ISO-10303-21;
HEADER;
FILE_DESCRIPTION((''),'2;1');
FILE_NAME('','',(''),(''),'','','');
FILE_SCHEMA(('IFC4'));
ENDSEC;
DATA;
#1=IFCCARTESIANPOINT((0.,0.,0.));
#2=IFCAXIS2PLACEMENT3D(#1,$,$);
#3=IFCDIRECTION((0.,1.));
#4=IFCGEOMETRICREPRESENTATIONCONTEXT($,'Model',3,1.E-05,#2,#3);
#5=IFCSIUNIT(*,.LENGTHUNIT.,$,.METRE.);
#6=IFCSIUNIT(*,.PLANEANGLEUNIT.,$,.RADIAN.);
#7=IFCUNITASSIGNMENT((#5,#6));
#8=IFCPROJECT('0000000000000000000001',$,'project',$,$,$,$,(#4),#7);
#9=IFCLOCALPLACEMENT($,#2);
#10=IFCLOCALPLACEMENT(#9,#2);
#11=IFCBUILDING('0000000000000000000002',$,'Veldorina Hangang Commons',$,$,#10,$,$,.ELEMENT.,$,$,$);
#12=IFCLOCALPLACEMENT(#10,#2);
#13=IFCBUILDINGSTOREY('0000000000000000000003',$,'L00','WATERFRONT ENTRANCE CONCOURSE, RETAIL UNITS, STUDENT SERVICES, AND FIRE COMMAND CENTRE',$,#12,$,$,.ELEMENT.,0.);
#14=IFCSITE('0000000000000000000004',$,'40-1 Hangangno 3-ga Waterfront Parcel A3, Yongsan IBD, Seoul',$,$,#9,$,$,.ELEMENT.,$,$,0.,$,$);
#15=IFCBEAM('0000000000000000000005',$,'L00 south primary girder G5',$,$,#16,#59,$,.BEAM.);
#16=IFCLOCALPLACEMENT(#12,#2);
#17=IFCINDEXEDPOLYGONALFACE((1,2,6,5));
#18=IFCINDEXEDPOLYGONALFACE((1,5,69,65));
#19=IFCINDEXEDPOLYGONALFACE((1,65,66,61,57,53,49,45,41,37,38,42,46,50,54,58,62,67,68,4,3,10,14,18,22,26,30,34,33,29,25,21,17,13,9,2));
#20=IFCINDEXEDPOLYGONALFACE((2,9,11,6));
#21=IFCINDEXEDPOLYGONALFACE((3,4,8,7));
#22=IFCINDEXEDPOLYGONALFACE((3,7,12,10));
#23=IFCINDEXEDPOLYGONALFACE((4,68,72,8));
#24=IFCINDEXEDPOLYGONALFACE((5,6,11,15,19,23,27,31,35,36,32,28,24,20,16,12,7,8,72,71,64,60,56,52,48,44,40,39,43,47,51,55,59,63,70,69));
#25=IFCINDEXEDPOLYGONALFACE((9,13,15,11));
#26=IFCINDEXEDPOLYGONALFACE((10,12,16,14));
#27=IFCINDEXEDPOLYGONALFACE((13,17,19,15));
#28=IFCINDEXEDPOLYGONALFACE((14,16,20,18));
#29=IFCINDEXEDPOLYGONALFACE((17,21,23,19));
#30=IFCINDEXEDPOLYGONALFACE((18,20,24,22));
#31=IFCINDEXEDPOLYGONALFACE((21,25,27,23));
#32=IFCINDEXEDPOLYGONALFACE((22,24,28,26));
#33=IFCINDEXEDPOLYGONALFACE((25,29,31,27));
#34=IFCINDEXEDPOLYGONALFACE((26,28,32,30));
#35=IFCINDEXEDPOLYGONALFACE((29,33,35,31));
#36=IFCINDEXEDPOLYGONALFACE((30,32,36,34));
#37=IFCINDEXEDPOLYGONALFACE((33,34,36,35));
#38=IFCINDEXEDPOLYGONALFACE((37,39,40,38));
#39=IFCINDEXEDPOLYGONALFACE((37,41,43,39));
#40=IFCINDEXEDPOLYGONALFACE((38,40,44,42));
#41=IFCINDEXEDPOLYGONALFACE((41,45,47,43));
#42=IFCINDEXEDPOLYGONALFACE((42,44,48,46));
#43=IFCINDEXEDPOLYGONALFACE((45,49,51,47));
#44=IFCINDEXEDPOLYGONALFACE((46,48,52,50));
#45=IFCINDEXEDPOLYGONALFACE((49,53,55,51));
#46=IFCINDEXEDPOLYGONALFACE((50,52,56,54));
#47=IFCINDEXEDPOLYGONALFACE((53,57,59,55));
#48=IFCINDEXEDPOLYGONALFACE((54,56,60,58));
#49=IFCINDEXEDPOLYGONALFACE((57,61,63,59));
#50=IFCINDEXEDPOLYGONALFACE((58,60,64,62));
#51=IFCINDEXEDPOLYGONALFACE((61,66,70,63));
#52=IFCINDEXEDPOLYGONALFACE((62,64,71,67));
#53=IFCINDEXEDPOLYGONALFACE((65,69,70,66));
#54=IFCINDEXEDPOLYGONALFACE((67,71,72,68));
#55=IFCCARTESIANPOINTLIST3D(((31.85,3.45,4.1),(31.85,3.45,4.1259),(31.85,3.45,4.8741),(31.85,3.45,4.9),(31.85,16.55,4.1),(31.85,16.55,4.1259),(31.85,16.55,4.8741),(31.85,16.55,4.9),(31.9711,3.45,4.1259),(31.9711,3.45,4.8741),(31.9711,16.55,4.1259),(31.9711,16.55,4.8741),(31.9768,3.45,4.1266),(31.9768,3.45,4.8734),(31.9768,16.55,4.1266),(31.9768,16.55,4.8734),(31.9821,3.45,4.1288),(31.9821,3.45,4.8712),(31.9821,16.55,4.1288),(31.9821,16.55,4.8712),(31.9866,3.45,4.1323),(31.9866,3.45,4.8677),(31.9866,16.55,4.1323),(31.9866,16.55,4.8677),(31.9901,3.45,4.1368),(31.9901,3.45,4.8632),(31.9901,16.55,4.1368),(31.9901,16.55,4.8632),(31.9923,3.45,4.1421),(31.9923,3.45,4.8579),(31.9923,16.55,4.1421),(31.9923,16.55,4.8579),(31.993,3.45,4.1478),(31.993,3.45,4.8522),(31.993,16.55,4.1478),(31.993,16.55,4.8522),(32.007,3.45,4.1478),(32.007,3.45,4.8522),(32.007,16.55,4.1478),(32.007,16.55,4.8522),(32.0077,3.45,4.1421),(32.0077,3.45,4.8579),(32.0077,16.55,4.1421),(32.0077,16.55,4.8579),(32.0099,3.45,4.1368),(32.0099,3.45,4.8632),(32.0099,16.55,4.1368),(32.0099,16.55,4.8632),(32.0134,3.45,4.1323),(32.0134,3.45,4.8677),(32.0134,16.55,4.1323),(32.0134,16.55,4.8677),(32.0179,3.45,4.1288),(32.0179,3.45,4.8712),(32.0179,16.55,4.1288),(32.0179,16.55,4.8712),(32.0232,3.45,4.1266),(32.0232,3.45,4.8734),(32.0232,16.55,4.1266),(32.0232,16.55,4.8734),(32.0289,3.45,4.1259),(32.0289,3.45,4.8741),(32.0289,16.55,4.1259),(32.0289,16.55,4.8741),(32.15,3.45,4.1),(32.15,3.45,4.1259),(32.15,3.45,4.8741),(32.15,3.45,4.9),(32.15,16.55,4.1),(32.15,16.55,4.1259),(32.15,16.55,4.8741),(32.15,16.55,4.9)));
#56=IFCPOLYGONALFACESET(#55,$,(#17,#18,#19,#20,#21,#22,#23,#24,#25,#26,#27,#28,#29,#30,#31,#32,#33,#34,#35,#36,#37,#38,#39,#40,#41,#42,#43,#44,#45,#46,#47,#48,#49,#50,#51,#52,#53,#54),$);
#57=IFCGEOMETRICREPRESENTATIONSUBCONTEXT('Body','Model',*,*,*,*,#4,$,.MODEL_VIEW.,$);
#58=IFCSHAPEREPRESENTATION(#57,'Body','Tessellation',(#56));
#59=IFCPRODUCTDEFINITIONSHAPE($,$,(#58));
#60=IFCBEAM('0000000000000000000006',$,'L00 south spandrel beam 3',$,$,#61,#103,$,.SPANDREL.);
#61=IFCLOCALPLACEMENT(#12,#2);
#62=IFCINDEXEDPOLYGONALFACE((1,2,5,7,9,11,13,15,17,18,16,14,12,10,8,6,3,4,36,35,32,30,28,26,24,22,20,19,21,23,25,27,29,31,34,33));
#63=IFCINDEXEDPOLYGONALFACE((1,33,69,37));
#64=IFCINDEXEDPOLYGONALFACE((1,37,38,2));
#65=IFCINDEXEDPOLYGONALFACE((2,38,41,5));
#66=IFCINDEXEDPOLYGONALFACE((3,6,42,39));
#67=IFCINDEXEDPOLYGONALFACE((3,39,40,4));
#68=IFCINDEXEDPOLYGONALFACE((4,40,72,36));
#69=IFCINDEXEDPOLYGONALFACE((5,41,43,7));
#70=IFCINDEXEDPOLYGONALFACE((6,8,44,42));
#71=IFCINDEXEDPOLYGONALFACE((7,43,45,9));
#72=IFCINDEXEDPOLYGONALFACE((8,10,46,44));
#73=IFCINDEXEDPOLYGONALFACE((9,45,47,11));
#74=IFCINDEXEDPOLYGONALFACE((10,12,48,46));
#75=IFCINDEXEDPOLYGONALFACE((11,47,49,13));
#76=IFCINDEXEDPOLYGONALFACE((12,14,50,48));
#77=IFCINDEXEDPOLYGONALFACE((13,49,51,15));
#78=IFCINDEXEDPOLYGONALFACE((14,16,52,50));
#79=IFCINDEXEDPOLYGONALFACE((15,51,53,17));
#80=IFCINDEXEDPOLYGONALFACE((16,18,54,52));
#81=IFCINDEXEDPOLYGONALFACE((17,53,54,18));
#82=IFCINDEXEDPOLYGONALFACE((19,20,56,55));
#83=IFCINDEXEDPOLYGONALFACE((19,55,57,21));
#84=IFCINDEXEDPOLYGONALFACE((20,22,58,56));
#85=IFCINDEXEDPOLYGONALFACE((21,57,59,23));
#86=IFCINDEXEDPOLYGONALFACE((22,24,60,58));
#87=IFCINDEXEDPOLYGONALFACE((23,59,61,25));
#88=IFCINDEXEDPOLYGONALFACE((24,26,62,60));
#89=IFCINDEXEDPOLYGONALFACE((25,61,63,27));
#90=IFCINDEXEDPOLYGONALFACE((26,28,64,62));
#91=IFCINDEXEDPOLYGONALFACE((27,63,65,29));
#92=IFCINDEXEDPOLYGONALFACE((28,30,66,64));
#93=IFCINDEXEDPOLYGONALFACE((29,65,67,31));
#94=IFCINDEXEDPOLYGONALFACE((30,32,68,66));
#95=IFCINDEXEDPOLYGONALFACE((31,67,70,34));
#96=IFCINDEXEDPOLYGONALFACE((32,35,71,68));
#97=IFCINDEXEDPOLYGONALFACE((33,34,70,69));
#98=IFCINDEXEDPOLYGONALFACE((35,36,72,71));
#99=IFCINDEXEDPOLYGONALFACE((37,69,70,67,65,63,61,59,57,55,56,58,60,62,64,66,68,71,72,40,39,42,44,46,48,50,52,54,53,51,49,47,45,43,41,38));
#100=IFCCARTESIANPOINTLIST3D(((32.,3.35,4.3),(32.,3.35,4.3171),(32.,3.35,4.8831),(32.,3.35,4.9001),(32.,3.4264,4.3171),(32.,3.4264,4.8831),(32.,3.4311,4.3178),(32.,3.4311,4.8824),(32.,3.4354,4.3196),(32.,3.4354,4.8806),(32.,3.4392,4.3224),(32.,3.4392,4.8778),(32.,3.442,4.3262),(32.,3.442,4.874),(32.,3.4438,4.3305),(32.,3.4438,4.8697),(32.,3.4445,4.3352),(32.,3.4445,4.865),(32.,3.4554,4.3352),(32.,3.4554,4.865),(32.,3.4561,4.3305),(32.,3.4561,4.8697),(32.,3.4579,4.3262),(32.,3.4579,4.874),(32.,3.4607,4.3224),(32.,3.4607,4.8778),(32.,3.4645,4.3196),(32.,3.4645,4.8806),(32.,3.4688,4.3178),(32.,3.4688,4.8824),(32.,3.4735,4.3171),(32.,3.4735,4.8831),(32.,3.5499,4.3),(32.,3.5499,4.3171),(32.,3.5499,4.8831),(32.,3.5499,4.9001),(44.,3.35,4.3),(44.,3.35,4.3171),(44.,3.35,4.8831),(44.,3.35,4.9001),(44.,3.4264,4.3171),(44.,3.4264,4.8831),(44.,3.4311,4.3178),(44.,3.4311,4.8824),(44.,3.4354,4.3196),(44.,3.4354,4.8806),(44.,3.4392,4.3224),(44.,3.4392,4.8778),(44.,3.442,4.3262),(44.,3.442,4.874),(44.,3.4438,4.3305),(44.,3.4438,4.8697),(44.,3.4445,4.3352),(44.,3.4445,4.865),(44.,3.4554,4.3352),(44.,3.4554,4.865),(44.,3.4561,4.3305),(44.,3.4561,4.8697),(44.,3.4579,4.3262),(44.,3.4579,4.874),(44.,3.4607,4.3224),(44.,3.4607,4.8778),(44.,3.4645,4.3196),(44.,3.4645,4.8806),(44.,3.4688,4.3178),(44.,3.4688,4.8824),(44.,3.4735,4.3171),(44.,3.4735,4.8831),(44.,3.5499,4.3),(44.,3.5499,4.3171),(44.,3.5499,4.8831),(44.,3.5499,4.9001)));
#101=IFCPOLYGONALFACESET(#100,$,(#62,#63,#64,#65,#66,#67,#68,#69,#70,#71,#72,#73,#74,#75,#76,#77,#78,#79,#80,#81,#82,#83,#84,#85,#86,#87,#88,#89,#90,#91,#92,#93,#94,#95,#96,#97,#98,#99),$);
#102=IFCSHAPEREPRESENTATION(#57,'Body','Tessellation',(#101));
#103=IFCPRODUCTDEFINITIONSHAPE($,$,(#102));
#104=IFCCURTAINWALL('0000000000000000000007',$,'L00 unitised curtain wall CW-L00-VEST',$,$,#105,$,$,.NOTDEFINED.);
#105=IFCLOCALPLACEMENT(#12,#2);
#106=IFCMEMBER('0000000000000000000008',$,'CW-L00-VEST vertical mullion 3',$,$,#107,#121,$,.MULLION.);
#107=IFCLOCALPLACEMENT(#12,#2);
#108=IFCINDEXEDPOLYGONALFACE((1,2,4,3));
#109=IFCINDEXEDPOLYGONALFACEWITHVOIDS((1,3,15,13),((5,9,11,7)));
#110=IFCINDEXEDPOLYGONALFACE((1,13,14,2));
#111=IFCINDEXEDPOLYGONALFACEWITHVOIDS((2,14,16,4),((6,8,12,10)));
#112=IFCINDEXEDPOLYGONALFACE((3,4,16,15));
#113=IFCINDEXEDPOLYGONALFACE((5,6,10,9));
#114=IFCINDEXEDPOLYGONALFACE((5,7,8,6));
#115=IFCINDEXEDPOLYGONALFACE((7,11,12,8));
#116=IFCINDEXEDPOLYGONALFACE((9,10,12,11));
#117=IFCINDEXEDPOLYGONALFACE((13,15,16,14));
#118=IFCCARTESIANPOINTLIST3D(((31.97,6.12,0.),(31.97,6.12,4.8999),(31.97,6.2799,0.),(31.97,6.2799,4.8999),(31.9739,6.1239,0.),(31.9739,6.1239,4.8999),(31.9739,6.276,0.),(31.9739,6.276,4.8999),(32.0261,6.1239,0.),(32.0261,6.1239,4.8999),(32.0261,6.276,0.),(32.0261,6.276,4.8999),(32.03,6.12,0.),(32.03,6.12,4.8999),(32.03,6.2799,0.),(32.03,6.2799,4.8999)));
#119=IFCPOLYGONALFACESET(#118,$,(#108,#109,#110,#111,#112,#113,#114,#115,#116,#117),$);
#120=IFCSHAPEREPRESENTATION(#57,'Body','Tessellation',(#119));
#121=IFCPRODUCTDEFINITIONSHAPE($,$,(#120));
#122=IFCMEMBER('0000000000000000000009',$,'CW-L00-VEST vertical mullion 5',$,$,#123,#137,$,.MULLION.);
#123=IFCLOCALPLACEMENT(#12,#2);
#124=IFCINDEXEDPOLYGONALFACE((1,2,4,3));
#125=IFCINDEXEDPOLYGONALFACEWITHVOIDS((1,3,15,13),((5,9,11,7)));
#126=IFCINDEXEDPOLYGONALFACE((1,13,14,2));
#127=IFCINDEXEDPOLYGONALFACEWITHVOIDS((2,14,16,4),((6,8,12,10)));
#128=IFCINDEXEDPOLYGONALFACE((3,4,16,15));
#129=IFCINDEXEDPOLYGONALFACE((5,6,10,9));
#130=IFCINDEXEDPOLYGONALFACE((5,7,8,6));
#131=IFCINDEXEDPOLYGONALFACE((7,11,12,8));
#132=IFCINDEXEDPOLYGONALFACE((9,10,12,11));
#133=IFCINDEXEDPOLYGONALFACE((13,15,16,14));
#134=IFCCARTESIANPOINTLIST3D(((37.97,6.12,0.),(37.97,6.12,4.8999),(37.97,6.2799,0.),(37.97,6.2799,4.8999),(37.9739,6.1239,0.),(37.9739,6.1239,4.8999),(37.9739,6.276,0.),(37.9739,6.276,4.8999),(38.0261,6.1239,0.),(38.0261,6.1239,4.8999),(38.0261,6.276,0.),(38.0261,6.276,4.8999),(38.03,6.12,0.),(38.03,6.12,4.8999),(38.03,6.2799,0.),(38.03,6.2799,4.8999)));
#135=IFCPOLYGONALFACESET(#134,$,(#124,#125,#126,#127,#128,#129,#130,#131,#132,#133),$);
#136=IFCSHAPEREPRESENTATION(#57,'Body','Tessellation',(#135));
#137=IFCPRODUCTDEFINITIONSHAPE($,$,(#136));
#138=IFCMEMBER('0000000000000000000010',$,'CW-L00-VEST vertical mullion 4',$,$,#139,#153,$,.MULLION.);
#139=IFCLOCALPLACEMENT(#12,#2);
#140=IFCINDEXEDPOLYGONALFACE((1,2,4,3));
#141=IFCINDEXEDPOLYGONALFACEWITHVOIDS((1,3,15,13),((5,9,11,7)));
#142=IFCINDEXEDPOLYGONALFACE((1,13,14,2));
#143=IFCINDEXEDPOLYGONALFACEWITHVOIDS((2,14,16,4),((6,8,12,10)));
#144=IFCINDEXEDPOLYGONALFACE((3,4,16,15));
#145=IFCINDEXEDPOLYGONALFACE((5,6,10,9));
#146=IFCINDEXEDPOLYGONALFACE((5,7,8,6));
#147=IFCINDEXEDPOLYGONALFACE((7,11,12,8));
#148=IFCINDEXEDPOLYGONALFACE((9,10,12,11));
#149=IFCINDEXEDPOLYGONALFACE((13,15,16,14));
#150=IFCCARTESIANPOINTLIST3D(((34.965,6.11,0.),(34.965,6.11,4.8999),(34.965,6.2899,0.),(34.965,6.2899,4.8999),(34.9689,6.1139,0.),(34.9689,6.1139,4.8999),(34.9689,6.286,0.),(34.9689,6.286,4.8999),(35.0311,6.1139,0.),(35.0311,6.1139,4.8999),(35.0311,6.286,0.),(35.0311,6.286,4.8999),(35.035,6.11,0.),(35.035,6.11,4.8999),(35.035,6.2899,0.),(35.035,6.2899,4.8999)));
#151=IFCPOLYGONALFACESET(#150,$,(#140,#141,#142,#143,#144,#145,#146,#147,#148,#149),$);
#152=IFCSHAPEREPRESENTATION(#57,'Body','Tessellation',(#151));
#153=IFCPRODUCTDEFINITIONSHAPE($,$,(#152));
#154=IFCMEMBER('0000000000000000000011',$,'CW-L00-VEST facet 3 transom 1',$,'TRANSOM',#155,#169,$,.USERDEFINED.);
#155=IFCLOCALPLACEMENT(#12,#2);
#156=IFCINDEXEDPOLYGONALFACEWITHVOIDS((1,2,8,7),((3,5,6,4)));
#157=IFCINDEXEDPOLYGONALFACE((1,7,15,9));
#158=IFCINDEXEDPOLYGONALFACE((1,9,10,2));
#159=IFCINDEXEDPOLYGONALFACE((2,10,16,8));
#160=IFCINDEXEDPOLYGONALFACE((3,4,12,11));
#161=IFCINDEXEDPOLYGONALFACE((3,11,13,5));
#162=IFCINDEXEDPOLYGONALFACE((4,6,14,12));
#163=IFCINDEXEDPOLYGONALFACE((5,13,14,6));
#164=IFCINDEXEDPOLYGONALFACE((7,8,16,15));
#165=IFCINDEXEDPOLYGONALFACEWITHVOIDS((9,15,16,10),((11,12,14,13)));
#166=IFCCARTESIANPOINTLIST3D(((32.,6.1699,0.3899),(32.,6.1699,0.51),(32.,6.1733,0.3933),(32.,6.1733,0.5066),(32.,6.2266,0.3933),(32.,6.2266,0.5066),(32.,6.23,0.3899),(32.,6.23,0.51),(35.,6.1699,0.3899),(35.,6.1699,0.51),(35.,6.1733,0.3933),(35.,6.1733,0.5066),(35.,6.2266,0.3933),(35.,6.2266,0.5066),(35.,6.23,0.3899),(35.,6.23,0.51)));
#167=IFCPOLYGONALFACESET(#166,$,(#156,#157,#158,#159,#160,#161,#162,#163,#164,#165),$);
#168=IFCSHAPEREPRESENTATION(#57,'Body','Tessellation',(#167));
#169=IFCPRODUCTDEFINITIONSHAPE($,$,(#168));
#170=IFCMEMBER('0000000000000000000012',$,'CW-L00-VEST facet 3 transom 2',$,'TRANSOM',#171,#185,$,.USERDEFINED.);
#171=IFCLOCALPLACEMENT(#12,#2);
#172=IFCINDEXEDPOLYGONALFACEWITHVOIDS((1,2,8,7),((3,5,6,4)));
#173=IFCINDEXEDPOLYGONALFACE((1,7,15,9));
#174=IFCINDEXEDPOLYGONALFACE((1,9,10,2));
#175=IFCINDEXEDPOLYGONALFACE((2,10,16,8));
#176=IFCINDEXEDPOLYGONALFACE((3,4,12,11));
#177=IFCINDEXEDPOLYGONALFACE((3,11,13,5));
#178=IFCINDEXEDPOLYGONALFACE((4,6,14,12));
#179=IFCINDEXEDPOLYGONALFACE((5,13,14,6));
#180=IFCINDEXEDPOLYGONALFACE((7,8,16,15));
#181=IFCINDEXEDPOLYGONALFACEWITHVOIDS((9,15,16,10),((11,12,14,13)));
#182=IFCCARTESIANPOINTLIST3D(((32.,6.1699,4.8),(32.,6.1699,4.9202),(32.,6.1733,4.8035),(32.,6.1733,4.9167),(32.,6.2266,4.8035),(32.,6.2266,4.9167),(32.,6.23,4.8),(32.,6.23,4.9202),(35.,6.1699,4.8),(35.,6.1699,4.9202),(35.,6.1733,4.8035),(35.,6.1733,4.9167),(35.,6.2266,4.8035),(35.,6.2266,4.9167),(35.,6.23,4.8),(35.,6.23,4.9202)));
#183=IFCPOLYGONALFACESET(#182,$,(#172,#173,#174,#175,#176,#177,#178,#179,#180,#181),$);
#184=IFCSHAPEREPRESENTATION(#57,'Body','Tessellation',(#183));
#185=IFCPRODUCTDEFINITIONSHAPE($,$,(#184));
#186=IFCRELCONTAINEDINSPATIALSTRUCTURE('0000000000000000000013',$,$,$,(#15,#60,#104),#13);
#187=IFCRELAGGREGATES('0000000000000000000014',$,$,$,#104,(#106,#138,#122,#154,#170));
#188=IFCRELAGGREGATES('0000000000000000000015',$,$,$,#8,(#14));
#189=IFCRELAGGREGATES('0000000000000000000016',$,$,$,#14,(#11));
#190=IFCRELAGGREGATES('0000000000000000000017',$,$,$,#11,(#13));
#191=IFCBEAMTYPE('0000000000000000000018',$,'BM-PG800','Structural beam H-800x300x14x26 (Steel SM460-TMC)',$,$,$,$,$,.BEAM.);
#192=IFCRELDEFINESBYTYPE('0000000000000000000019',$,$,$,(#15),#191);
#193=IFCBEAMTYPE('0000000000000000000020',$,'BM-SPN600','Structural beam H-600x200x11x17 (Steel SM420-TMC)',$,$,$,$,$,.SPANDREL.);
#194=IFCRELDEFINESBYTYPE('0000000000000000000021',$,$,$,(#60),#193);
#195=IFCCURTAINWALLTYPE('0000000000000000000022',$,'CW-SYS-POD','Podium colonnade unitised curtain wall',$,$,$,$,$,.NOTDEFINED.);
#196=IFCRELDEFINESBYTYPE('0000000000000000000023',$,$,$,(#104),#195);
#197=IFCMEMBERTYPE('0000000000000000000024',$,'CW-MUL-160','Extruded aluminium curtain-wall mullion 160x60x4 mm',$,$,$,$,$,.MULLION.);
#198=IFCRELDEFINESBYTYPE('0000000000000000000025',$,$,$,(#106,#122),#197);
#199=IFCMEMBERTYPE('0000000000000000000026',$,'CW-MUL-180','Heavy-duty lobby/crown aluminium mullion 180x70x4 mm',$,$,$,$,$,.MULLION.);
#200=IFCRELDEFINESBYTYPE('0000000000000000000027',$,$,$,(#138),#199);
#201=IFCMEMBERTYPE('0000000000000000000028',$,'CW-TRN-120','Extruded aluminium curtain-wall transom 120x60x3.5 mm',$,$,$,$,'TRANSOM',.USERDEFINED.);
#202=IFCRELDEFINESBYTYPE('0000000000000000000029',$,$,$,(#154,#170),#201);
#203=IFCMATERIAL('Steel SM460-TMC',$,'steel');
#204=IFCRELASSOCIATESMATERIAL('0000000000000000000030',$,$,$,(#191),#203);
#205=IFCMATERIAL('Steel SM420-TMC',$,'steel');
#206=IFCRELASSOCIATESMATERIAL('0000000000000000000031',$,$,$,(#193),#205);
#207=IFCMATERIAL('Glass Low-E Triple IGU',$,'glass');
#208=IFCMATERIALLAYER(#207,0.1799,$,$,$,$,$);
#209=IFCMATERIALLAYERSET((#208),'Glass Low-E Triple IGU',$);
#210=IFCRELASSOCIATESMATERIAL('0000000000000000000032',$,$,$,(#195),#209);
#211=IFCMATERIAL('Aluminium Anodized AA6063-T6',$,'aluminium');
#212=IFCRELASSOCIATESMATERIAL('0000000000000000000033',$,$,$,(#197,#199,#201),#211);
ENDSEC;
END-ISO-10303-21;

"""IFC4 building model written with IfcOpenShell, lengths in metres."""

from ifc_helpers import new_model, si_unit, direction, frame, origin, origin_2d, place, context, subcontext, project, spatial, hollow_rectangle, i_section, extrude, material, layer, layer_set, material_profile, profile_set, type_object, element, aggregate, save


model = new_model("IFC4")

# Units and contexts
model_context = context("Model", 3, precision=1e-05, world=origin(), true_north=direction((0.0, 1.0)))
body_context = subcontext(model_context, "Body", "Model", "MODEL_VIEW")
ifc_project = project(units=[si_unit("LENGTHUNIT", "METRE"), si_unit("PLANEANGLEUNIT", "RADIAN")], contexts=[model_context])

# Site, building, storey
site_placement = place(None, origin())
site = spatial("IfcSite", under=ifc_project, at=site_placement, Name="40-1 Hangangno 3-ga Waterfront Parcel A3, Yongsan IBD, Seoul", CompositionType="ELEMENT", RefElevation=0.0)
building_placement = place(site_placement, origin())
building = spatial("IfcBuilding", under=site, at=building_placement, Name="Veldorina Hangang Commons", CompositionType="ELEMENT")
storey_placement = place(building_placement, origin())
storey = spatial("IfcBuildingStorey", under=building, at=storey_placement, Name="L00", Description="WATERFRONT ENTRANCE CONCOURSE, RETAIL UNITS, STUDENT SERVICES, AND FIRE COMMAND CENTRE", CompositionType="ELEMENT", Elevation=0.0)

# Beams
ifc_material_1 = material(Name="Steel SM460-TMC", Category="steel")
ifc_material_profile_1 = material_profile(ifc_material_1, i_section(OverallWidth=0.3, OverallDepth=0.8, WebThickness=0.0139, FlangeThickness=0.0259, FilletRadius=0.022, at=origin_2d()), Name="H-800x300x14x26")
ifc_profile_set_1 = profile_set([ifc_material_profile_1], Name="Steel SM460-TMC")
beam_type_1 = type_object("IfcBeamType", Name="BM-PG800", Description="Structural beam H-800x300x14x26 (Steel SM460-TMC)", PredefinedType="BEAM", material=ifc_profile_set_1)
beam_1_placement = place(storey_placement, frame((32.0, 3.45, 4.5), z_axis=(0.0, 1.0, 0.0), x_axis=(-1.0, 0.0, 0.0)))
element("IfcBeam", 1, at=beam_1_placement, inside=storey, type_object=beam_type_1, Name="L00 south primary girder G5", PredefinedType="BEAM", context=body_context, shape_type="SweptSolid", body=[
    extrude(i_section(OverallWidth=0.3, OverallDepth=0.8, WebThickness=0.0139, FlangeThickness=0.0259, FilletRadius=0.022, at=origin_2d()), origin(), (0.0, 0.0, 1.0), 13.1001),
])
ifc_material_2 = material(Name="Steel SM420-TMC", Category="steel")
ifc_material_profile_2 = material_profile(ifc_material_2, i_section(OverallWidth=0.2, OverallDepth=0.6001, WebThickness=0.011, FlangeThickness=0.0171, FilletRadius=0.0181, at=origin_2d()), Name="H-600x200x11x17")
ifc_profile_set_2 = profile_set([ifc_material_profile_2], Name="Steel SM420-TMC")
beam_type_2 = type_object("IfcBeamType", Name="BM-SPN600", Description="Structural beam H-600x200x11x17 (Steel SM420-TMC)", PredefinedType="SPANDREL", material=ifc_profile_set_2)
beam_2_placement = place(storey_placement, frame((32.0, 3.45, 4.6001), z_axis=(1.0, 0.0, 0.0), x_axis=(0.0, 1.0, 0.0)))
element("IfcBeam", 2, at=beam_2_placement, inside=storey, type_object=beam_type_2, Name="L00 south spandrel beam 3", PredefinedType="SPANDREL", context=body_context, shape_type="SweptSolid", body=[
    extrude(i_section(OverallWidth=0.2, OverallDepth=0.6001, WebThickness=0.011, FlangeThickness=0.0171, FilletRadius=0.0181, at=origin_2d()), origin(), (0.0, 0.0, 1.0), 12.0),
])

# Curtain wall, members
ifc_material_3 = material(Name="Glass Low-E Triple IGU", Category="glass")
ifc_layer_1 = layer(ifc_material_3, 0.1799)
ifc_layer_set_1 = layer_set([ifc_layer_1], Name="Glass Low-E Triple IGU")
curtain_wall_type = type_object("IfcCurtainWallType", Name="CW-SYS-POD", Description="Podium colonnade unitised curtain wall", PredefinedType="NOTDEFINED", material=ifc_layer_set_1)
curtain_wall_placement = place(storey_placement, origin())
curtain_wall = element("IfcCurtainWall", 3, at=curtain_wall_placement, inside=storey, type_object=curtain_wall_type, Name="L00 unitised curtain wall CW-L00-VEST", PredefinedType="NOTDEFINED")
ifc_material_4 = material(Name="Aluminium Anodized AA6063-T6", Category="aluminium")
ifc_material_profile_3 = material_profile(ifc_material_4, hollow_rectangle(XDim=0.0601, YDim=0.1599, WallThickness=0.0039, at=origin_2d()), Name="ALU-RHS-160x60x4")
ifc_profile_set_3 = profile_set([ifc_material_profile_3], Name="Aluminium Anodized AA6063-T6")
member_type_1 = type_object("IfcMemberType", Name="CW-MUL-160", Description="Extruded aluminium curtain-wall mullion 160x60x4 mm", PredefinedType="MULLION", material=ifc_profile_set_3)
member_1_placement = place(storey_placement, frame((32.0, 6.2, 0.0), z_axis=(0.0, 0.0, 1.0), x_axis=(1.0, 0.0, 0.0)))
member_1 = element("IfcMember", 4, at=member_1_placement, type_object=member_type_1, Name="CW-L00-VEST vertical mullion 3", PredefinedType="MULLION", context=body_context, shape_type="SweptSolid", body=[
    extrude(hollow_rectangle(XDim=0.0601, YDim=0.1599, WallThickness=0.0039, at=origin_2d()), origin(), (0.0, 0.0, 1.0), 4.8999),
])
member_2_placement = place(storey_placement, frame((38.0, 6.2, 0.0), z_axis=(0.0, 0.0, 1.0), x_axis=(-1.0, 0.0, 0.0)))
member_2 = element("IfcMember", 5, at=member_2_placement, type_object=member_type_1, Name="CW-L00-VEST vertical mullion 5", PredefinedType="MULLION", context=body_context, shape_type="SweptSolid", body=[
    extrude(hollow_rectangle(XDim=0.0601, YDim=0.1599, WallThickness=0.0039, at=origin_2d()), origin(), (0.0, 0.0, 1.0), 4.8999),
])
ifc_material_profile_4 = material_profile(ifc_material_4, hollow_rectangle(XDim=0.0701, YDim=0.1799, WallThickness=0.0039, at=origin_2d()), Name="ALU-RHS-180x70x4")
ifc_profile_set_4 = profile_set([ifc_material_profile_4], Name="Aluminium Anodized AA6063-T6")
member_type_2 = type_object("IfcMemberType", Name="CW-MUL-180", Description="Heavy-duty lobby/crown aluminium mullion 180x70x4 mm", PredefinedType="MULLION", material=ifc_profile_set_4)
member_3_placement = place(storey_placement, frame((35.0, 6.2, 0.0), z_axis=(0.0, 0.0, 1.0), x_axis=(1.0, 0.0, 0.0)))
member_3 = element("IfcMember", 6, at=member_3_placement, type_object=member_type_2, Name="CW-L00-VEST vertical mullion 4", PredefinedType="MULLION", context=body_context, shape_type="SweptSolid", body=[
    extrude(hollow_rectangle(XDim=0.0701, YDim=0.1799, WallThickness=0.0039, at=origin_2d()), origin(), (0.0, 0.0, 1.0), 4.8999),
])
ifc_material_profile_5 = material_profile(ifc_material_4, hollow_rectangle(XDim=0.0601, YDim=0.1201, WallThickness=0.0034, at=origin_2d()), Name="ALU-RHS-120x60x3.5")
ifc_profile_set_5 = profile_set([ifc_material_profile_5], Name="Aluminium Anodized AA6063-T6")
member_type_3 = type_object("IfcMemberType", Name="CW-TRN-120", Description="Extruded aluminium curtain-wall transom 120x60x3.5 mm", ElementType="TRANSOM", PredefinedType="USERDEFINED", material=ifc_profile_set_5)
member_4_placement = place(storey_placement, frame((32.0, 6.2, 0.45), z_axis=(1.0, 0.0, 0.0), x_axis=(0.0, 1.0, 0.0)))
member_4 = element("IfcMember", 7, at=member_4_placement, type_object=member_type_3, Name="CW-L00-VEST facet 3 transom 1", ObjectType="TRANSOM", PredefinedType="USERDEFINED", context=body_context, shape_type="SweptSolid", body=[
    extrude(hollow_rectangle(XDim=0.0601, YDim=0.1201, WallThickness=0.0034, at=origin_2d()), origin(), (0.0, 0.0, 1.0), 3.0),
])
member_5_placement = place(storey_placement, frame((32.0, 6.2, 4.8601), z_axis=(1.0, 0.0, 0.0), x_axis=(0.0, 1.0, 0.0)))
member_5 = element("IfcMember", 8, at=member_5_placement, type_object=member_type_3, Name="CW-L00-VEST facet 3 transom 2", ObjectType="TRANSOM", PredefinedType="USERDEFINED", context=body_context, shape_type="SweptSolid", body=[
    extrude(hollow_rectangle(XDim=0.0601, YDim=0.1201, WallThickness=0.0034, at=origin_2d()), origin(), (0.0, 0.0, 1.0), 3.0),
])
aggregate(curtain_wall, [member_1, member_3, member_2, member_4, member_5])

save(model, "model.ifc")
